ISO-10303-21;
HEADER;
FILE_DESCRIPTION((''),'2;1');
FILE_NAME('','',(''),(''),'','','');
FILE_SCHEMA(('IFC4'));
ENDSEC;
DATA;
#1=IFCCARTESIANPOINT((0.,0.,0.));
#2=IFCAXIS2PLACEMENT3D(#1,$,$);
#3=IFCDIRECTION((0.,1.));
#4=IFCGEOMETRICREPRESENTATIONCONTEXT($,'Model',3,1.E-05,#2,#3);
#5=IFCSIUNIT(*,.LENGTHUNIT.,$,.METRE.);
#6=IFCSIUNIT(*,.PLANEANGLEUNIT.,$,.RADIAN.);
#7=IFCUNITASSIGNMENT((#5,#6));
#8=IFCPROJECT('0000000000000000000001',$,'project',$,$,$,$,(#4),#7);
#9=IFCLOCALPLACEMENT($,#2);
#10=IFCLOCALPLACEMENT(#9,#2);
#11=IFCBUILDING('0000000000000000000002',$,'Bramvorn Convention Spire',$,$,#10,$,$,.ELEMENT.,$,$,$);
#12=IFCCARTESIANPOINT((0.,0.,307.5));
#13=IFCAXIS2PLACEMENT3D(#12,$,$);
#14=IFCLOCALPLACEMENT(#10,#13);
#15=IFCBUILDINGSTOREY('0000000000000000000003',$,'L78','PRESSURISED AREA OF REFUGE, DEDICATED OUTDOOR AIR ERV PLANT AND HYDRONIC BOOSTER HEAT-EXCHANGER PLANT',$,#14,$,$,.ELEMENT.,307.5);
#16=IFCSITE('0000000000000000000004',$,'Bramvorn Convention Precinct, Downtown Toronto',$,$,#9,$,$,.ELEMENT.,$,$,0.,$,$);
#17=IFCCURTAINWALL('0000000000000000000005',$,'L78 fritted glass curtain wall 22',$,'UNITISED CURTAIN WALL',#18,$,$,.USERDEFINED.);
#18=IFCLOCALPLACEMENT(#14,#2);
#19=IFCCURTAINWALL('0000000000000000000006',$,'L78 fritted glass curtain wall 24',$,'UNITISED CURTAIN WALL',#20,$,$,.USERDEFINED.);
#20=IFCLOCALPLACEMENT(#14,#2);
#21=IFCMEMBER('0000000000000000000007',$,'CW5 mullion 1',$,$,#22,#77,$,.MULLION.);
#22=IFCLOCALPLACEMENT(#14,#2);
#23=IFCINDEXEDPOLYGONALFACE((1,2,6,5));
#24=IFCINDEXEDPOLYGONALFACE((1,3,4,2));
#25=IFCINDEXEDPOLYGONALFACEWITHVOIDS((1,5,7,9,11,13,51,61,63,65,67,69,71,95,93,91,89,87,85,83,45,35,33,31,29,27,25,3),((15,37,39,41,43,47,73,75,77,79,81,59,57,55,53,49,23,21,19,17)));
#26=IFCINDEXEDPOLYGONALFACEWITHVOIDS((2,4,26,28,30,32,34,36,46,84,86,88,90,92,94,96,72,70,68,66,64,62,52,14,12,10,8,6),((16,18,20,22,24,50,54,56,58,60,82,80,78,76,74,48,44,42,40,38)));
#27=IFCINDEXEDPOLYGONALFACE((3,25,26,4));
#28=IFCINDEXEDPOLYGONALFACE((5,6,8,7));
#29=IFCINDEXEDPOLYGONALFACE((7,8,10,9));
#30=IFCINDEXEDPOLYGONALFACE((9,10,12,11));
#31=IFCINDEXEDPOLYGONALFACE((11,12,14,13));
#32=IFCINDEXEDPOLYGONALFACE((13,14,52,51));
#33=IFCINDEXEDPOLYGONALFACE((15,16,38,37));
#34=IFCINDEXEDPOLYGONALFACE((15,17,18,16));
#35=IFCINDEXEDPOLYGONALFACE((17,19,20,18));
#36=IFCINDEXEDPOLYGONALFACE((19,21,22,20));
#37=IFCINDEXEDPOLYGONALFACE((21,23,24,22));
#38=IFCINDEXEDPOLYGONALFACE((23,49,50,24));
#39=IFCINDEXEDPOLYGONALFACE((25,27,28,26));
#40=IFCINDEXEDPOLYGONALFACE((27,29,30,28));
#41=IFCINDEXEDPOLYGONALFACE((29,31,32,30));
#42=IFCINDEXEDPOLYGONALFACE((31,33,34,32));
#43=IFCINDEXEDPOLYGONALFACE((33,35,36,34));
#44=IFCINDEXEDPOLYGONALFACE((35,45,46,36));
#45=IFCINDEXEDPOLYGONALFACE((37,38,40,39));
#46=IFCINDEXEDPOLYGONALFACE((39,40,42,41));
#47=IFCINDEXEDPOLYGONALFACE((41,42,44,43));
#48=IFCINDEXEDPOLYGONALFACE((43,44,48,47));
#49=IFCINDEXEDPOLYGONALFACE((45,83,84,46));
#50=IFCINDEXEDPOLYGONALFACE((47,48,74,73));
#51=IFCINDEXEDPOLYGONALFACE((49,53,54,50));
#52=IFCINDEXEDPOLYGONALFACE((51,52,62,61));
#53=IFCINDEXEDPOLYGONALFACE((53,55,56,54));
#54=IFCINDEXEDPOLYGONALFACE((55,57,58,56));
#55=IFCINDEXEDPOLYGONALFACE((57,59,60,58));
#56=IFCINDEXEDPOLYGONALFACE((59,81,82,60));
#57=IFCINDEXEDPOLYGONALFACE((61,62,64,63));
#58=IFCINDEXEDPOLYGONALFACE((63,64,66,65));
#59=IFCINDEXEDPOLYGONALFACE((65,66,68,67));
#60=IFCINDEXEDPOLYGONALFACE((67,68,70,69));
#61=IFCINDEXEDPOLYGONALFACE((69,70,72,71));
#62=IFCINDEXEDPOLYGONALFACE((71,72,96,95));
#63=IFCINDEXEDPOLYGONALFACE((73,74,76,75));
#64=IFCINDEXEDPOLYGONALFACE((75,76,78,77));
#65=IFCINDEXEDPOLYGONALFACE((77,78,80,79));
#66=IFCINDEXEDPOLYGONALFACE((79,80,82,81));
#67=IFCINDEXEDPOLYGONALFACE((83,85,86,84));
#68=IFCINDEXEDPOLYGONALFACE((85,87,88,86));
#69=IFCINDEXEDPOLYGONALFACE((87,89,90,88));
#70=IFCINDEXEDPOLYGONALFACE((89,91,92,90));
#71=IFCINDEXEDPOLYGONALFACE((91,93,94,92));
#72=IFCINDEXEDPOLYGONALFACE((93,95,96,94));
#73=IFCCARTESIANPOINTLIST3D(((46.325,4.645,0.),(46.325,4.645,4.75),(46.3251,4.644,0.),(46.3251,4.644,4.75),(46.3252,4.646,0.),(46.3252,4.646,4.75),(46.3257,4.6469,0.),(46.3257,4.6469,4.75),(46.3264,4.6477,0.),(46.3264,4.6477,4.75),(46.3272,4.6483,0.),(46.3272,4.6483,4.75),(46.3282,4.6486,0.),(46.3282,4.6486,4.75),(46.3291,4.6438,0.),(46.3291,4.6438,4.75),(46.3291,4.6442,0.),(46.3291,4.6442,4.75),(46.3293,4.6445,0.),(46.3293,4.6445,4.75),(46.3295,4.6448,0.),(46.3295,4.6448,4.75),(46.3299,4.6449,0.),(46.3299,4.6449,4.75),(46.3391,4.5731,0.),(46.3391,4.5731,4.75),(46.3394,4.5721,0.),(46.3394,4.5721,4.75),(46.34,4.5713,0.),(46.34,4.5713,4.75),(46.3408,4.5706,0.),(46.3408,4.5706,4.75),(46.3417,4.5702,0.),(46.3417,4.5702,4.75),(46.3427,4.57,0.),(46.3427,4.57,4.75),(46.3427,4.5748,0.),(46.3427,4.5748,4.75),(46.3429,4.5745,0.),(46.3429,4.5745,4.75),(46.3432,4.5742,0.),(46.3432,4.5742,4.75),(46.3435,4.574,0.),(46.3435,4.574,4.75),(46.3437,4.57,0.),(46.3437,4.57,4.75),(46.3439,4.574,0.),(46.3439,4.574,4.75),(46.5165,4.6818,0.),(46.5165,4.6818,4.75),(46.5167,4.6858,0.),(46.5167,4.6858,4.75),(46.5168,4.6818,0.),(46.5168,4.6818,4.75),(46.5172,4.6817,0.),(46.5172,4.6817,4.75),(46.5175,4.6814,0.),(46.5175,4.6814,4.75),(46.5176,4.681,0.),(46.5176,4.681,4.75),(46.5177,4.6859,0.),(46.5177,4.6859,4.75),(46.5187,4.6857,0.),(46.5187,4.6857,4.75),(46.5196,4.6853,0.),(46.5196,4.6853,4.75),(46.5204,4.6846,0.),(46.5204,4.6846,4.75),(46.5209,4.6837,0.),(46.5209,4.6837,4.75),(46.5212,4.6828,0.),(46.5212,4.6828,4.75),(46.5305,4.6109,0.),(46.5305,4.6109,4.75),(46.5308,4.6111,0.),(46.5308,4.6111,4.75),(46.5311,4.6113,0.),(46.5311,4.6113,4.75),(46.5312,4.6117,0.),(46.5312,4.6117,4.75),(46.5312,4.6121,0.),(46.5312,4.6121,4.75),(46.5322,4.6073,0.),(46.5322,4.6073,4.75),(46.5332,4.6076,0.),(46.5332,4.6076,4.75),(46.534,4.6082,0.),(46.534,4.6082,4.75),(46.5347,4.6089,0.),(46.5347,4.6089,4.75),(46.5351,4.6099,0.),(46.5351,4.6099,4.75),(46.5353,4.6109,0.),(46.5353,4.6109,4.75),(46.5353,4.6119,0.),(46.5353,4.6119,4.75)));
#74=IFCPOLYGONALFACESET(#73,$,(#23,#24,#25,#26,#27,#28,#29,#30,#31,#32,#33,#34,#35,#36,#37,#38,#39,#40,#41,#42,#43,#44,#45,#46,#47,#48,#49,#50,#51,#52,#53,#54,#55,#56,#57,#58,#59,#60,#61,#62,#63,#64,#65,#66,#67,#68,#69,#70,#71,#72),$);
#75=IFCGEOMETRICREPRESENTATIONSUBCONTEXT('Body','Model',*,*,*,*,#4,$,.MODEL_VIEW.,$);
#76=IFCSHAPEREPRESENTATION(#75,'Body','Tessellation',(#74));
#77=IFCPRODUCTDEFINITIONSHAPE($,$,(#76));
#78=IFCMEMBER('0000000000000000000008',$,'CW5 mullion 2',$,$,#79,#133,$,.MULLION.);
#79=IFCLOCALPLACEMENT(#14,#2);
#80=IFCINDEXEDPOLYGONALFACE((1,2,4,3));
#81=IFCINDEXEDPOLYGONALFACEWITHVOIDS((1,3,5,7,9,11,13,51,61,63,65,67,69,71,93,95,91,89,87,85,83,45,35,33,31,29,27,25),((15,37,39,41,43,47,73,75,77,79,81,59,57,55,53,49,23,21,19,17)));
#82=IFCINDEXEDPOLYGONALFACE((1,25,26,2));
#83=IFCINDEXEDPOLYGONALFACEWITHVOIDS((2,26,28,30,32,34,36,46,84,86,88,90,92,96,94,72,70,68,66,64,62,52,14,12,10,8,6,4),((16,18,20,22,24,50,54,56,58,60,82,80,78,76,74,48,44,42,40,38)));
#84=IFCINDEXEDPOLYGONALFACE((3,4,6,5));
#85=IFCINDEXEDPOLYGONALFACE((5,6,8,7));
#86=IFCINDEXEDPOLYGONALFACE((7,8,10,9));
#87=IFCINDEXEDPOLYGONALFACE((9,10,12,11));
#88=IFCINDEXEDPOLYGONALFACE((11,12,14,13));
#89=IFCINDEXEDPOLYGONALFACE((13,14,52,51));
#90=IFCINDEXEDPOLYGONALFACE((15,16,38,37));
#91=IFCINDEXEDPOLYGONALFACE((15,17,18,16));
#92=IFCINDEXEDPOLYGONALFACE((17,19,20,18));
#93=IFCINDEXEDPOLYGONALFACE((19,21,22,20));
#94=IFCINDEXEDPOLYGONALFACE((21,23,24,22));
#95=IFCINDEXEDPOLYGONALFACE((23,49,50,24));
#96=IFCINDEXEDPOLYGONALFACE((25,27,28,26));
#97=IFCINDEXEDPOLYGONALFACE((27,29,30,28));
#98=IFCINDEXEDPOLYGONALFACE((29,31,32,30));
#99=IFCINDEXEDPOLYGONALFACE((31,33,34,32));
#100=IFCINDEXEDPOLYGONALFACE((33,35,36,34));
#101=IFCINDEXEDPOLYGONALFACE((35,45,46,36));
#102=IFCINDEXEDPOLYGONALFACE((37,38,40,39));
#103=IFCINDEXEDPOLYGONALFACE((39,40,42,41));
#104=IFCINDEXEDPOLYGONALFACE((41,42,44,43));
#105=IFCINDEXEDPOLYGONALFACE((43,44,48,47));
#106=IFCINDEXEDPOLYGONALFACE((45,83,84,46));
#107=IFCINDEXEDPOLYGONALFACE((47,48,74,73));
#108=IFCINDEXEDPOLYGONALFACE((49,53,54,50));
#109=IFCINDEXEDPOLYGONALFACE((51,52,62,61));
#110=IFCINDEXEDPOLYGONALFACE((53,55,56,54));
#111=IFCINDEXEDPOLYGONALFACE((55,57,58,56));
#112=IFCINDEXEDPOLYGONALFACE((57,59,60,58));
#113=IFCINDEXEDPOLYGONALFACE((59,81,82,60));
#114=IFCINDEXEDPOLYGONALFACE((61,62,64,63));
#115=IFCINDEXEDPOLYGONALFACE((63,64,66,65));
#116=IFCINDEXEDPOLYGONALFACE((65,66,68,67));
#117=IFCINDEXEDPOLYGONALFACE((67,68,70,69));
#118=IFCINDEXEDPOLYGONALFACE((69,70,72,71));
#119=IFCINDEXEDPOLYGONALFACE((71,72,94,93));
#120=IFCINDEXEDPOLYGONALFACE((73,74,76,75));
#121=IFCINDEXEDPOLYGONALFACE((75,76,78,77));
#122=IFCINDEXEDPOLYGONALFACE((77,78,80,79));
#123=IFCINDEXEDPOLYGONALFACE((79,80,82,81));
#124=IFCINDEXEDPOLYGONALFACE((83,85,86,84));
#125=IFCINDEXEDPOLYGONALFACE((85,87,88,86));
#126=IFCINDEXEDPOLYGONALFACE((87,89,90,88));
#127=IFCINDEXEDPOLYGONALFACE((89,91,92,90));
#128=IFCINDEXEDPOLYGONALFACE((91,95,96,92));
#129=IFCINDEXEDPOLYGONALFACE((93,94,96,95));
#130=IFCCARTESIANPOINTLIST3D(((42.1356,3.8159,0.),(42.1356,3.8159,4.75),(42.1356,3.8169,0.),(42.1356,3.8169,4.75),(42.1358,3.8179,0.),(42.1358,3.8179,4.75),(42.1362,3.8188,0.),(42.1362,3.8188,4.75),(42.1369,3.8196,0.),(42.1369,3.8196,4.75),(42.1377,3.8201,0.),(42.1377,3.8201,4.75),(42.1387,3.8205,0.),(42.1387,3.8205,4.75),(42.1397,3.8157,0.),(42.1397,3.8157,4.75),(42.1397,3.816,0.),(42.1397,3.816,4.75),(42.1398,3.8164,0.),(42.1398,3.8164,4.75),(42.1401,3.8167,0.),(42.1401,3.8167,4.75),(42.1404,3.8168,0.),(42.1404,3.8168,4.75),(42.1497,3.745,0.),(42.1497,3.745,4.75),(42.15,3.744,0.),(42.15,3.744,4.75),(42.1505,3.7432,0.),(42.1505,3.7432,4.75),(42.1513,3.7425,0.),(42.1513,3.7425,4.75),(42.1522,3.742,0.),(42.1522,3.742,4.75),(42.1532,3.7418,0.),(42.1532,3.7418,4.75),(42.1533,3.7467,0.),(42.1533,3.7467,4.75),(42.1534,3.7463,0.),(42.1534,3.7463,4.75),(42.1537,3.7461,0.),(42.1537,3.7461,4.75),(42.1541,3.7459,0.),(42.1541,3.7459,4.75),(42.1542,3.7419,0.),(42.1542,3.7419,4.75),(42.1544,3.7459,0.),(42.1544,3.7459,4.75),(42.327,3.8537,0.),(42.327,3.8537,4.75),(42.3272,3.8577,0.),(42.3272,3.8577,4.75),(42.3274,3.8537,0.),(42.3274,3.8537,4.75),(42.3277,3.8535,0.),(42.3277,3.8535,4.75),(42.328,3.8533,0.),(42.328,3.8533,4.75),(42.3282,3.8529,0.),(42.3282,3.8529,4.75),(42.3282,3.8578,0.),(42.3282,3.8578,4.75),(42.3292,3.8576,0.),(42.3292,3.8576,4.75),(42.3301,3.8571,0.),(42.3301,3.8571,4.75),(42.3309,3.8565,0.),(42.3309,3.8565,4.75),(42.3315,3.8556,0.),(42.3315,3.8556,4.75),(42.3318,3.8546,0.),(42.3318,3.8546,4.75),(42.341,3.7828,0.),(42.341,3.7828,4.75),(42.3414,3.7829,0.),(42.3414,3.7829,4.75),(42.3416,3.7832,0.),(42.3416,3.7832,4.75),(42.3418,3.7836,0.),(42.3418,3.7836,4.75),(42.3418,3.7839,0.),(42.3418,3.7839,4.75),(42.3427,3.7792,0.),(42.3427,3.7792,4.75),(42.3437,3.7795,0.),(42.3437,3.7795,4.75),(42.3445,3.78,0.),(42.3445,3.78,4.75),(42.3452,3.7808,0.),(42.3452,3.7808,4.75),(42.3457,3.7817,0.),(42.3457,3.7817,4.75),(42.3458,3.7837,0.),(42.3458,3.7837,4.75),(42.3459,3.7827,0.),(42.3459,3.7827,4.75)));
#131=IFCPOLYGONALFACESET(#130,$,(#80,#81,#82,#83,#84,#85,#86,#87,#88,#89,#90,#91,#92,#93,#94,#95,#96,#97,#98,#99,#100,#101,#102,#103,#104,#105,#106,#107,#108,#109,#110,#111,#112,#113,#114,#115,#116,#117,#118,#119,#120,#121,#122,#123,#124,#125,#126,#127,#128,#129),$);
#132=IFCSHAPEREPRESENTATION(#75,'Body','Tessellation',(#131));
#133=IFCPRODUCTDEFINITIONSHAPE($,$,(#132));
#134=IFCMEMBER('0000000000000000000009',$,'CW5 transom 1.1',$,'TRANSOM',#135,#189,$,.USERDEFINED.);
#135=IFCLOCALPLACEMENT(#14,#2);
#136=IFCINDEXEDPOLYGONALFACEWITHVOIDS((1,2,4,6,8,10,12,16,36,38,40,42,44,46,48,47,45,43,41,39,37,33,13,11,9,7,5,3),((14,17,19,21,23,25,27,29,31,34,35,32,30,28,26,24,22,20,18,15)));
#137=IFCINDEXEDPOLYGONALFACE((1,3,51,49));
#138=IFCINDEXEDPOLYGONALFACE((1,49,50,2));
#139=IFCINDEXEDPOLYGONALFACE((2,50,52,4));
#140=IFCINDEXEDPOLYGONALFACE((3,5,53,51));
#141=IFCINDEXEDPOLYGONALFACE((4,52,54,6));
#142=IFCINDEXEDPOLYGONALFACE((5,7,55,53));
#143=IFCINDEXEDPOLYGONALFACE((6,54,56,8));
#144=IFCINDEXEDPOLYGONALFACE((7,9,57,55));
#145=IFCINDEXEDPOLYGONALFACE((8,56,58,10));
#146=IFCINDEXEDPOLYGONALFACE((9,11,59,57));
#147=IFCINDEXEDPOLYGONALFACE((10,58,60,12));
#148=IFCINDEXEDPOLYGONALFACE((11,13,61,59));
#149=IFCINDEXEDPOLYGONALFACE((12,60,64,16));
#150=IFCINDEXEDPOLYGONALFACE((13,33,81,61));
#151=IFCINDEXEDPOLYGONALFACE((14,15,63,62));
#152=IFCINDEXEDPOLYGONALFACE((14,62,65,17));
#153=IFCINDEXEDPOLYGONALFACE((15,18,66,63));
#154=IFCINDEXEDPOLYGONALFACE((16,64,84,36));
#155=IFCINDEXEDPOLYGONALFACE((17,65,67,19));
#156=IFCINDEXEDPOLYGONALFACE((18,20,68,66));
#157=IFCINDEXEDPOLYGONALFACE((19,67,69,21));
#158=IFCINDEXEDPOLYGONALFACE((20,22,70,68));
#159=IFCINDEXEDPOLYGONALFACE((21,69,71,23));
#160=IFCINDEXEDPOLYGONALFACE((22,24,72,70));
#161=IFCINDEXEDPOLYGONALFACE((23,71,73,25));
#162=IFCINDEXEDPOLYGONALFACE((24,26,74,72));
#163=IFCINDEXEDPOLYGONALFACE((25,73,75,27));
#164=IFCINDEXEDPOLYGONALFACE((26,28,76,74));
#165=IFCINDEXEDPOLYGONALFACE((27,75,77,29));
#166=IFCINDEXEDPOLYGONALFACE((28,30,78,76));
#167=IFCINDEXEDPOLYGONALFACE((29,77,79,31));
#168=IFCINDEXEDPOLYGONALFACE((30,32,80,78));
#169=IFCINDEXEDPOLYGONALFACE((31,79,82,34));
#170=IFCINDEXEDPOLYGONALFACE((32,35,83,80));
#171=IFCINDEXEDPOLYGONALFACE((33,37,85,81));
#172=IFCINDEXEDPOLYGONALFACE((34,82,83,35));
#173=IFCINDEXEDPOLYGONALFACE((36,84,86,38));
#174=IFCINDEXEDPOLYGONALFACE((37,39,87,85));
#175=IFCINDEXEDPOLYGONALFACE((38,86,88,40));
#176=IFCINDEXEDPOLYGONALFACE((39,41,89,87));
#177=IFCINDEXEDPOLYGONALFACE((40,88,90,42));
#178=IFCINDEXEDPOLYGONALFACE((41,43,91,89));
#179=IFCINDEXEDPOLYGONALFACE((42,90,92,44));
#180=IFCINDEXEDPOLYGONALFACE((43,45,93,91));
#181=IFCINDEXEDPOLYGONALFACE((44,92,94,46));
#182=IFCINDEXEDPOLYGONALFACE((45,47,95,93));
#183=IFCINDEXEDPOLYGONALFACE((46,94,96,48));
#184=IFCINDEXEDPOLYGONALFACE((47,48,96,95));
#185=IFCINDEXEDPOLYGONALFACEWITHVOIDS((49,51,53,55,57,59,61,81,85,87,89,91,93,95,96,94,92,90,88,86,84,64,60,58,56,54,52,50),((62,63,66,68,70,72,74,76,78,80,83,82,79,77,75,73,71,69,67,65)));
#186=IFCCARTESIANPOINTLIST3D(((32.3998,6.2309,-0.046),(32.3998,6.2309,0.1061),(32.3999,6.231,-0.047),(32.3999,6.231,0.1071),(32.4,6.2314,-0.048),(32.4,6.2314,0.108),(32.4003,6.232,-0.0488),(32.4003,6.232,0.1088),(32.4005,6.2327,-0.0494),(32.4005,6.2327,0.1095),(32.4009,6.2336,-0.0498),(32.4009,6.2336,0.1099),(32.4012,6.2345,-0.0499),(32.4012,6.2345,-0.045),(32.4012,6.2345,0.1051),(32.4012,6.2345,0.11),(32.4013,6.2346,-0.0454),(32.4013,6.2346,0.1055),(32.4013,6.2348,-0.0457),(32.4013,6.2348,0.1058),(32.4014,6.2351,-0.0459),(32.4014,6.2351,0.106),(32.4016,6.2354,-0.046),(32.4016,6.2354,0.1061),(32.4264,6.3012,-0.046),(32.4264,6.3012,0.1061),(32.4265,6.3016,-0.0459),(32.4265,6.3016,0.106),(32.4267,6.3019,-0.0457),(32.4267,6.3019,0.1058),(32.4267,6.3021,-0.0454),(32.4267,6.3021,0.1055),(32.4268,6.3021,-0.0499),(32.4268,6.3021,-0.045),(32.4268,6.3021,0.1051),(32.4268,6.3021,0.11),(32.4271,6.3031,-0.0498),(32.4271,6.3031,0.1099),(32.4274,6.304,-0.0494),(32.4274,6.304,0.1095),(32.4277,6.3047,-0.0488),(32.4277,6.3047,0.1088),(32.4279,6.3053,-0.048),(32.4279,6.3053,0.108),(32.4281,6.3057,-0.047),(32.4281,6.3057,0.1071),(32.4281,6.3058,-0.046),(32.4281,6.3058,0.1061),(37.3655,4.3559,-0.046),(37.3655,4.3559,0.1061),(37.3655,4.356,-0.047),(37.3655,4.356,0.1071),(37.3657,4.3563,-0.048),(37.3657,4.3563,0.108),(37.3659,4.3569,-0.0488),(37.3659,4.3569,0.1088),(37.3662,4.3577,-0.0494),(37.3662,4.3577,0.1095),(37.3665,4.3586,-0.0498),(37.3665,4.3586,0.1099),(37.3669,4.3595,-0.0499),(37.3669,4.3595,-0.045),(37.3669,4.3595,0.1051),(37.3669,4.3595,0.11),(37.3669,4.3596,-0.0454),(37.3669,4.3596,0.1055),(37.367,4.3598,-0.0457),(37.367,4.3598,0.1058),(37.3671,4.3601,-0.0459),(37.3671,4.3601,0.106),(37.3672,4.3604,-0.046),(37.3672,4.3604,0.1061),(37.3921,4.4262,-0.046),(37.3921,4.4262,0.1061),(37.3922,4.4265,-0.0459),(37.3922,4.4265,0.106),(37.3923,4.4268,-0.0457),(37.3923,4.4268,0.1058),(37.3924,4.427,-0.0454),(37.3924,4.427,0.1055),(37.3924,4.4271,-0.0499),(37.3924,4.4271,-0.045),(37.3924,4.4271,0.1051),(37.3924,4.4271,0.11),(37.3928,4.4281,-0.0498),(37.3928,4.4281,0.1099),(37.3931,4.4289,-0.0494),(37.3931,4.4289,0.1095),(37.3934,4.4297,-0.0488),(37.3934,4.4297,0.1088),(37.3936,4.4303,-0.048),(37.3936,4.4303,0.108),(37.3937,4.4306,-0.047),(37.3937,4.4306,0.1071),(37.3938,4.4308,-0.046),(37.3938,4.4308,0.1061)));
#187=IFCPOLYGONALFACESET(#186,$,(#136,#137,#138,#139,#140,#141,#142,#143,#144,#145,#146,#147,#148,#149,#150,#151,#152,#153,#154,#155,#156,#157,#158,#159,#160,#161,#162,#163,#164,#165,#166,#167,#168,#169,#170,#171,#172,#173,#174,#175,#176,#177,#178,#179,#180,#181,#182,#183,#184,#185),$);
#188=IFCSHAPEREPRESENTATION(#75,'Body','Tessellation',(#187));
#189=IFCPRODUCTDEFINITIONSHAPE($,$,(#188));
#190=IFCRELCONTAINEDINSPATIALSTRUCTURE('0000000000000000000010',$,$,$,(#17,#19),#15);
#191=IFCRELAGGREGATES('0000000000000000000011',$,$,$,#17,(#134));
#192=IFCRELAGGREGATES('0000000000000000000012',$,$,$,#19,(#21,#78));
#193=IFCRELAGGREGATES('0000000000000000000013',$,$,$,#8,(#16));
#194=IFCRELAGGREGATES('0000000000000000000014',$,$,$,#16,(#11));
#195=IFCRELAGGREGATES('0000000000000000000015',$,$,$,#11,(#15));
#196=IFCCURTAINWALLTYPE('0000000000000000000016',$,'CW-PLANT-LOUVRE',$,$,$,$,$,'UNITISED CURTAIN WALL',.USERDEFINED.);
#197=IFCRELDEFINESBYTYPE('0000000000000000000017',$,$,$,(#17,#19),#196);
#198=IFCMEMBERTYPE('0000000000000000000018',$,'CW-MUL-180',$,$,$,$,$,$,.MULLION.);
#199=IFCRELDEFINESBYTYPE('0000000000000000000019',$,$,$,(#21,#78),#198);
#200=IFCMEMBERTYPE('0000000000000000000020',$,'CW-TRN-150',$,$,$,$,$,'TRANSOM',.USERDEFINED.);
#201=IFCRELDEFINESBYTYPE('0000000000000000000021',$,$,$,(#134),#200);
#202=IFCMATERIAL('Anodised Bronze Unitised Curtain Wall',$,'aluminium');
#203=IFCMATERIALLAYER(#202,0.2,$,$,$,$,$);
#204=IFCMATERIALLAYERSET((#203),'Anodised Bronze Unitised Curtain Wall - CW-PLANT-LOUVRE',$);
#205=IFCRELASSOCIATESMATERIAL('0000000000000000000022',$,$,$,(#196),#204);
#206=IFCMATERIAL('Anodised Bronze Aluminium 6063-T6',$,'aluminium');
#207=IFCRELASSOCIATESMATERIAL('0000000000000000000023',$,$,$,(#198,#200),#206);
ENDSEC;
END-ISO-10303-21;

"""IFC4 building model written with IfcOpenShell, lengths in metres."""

from ifc_helpers import new_model, si_unit, direction, frame, origin, origin_2d, place, context, subcontext, project, spatial, hollow_rectangle, extrude, material, layer, layer_set, material_profile, profile_set, type_object, element, aggregate, save


model = new_model("IFC4")

# Units and contexts
model_context = context("Model", 3, precision=1e-05, world=origin(), true_north=direction((0.0, 1.0)))
body_context = subcontext(model_context, "Body", "Model", "MODEL_VIEW")
ifc_project = project(units=[si_unit("LENGTHUNIT", "METRE"), si_unit("PLANEANGLEUNIT", "RADIAN")], contexts=[model_context])

# Site, building, storey
site_placement = place(None, origin())
site = spatial("IfcSite", under=ifc_project, at=site_placement, Name="Bramvorn Convention Precinct, Downtown Toronto", CompositionType="ELEMENT", RefElevation=0.0)
building_placement = place(site_placement, origin())
building = spatial("IfcBuilding", under=site, at=building_placement, Name="Bramvorn Convention Spire", CompositionType="ELEMENT")
storey_placement = place(building_placement, frame((0.0, 0.0, 307.5)))
storey = spatial("IfcBuildingStorey", under=building, at=storey_placement, Name="L78", Description="PRESSURISED AREA OF REFUGE, DEDICATED OUTDOOR AIR ERV PLANT AND HYDRONIC BOOSTER HEAT-EXCHANGER PLANT", CompositionType="ELEMENT", Elevation=307.5)

# Curtain wall
ifc_material_1 = material(Name="Anodised Bronze Unitised Curtain Wall", Category="aluminium")
ifc_layer_1 = layer(ifc_material_1, 0.2)
ifc_layer_set_1 = layer_set([ifc_layer_1], Name="Anodised Bronze Unitised Curtain Wall - CW-PLANT-LOUVRE")
curtain_wall_type = type_object("IfcCurtainWallType", Name="CW-PLANT-LOUVRE", ElementType="UNITISED CURTAIN WALL", PredefinedType="USERDEFINED", material=ifc_layer_set_1)
curtain_wall_1_placement = place(storey_placement, origin())
curtain_wall_1 = element("IfcCurtainWall", 1, at=curtain_wall_1_placement, inside=storey, type_object=curtain_wall_type, Name="L78 fritted glass curtain wall 22", ObjectType="UNITISED CURTAIN WALL", PredefinedType="USERDEFINED")
ifc_material_2 = material(Name="Anodised Bronze Aluminium 6063-T6", Category="aluminium")
ifc_material_profile_1 = material_profile(ifc_material_2, hollow_rectangle(XDim=0.0801, YDim=0.2, WallThickness=0.0039, InnerFilletRadius=0.001, OuterFilletRadius=0.0039, at=origin_2d()))
ifc_profile_set_1 = profile_set([ifc_material_profile_1], Name="Anodised Bronze Aluminium 6063-T6 - CWM80X200")
member_type_1 = type_object("IfcMemberType", Name="CW-MUL-180", PredefinedType="MULLION", material=ifc_profile_set_1)

# Curtain wall, members
curtain_wall_2_placement = place(storey_placement, origin())
curtain_wall_2 = element("IfcCurtainWall", 2, at=curtain_wall_2_placement, inside=storey, type_object=curtain_wall_type, Name="L78 fritted glass curtain wall 24", ObjectType="UNITISED CURTAIN WALL", PredefinedType="USERDEFINED")
member_1_placement = place(storey_placement, frame((46.4302, 4.6279, 0.0), z_axis=(0.0, 0.0, 1.0), x_axis=(0.193913, -0.981019, 0.0)))
member_1 = element("IfcMember", 3, at=member_1_placement, type_object=member_type_1, Name="CW5 mullion 1", PredefinedType="MULLION", context=body_context, shape_type="SweptSolid", body=[
    extrude(hollow_rectangle(XDim=0.0801, YDim=0.2, WallThickness=0.0039, InnerFilletRadius=0.001, OuterFilletRadius=0.0039, at=origin_2d()), origin(), (0.0, 0.0, 1.0), 4.75),
])
member_2_placement = place(storey_placement, frame((42.2407, 3.7998, 0.0), z_axis=(0.0, 0.0, 1.0), x_axis=(0.193913, -0.981019, 0.0)))
member_2 = element("IfcMember", 4, at=member_2_placement, type_object=member_type_1, Name="CW5 mullion 2", PredefinedType="MULLION", context=body_context, shape_type="SweptSolid", body=[
    extrude(hollow_rectangle(XDim=0.0801, YDim=0.2, WallThickness=0.0039, InnerFilletRadius=0.001, OuterFilletRadius=0.0039, at=origin_2d()), origin(), (0.0, 0.0, 1.0), 4.75),
])

# Member
ifc_material_profile_2 = material_profile(ifc_material_2, hollow_rectangle(XDim=0.0801, YDim=0.1599, WallThickness=0.0039, InnerFilletRadius=0.001, OuterFilletRadius=0.0039, at=origin_2d()))
ifc_profile_set_2 = profile_set([ifc_material_profile_2], Name="Anodised Bronze Aluminium 6063-T6 - CWT80X160")
member_type_2 = type_object("IfcMemberType", Name="CW-TRN-150", ElementType="TRANSOM", PredefinedType="USERDEFINED", material=ifc_profile_set_2)
member_3_placement = place(storey_placement, frame((37.3796, 4.3933, 0.03), z_axis=(-0.935527, 0.353255, 0.0), x_axis=(-0.353255, -0.935527, 0.0)))
member_3 = element("IfcMember", 5, at=member_3_placement, type_object=member_type_2, Name="CW5 transom 1.1", ObjectType="TRANSOM", PredefinedType="USERDEFINED", context=body_context, shape_type="SweptSolid", body=[
    extrude(hollow_rectangle(XDim=0.0801, YDim=0.1599, WallThickness=0.0039, InnerFilletRadius=0.001, OuterFilletRadius=0.0039, at=origin_2d()), origin(), (0.0, 0.0, 1.0), 5.3079),
])

aggregate(curtain_wall_1, [member_3])
aggregate(curtain_wall_2, [member_1, member_2])

save(model, "model.ifc")
